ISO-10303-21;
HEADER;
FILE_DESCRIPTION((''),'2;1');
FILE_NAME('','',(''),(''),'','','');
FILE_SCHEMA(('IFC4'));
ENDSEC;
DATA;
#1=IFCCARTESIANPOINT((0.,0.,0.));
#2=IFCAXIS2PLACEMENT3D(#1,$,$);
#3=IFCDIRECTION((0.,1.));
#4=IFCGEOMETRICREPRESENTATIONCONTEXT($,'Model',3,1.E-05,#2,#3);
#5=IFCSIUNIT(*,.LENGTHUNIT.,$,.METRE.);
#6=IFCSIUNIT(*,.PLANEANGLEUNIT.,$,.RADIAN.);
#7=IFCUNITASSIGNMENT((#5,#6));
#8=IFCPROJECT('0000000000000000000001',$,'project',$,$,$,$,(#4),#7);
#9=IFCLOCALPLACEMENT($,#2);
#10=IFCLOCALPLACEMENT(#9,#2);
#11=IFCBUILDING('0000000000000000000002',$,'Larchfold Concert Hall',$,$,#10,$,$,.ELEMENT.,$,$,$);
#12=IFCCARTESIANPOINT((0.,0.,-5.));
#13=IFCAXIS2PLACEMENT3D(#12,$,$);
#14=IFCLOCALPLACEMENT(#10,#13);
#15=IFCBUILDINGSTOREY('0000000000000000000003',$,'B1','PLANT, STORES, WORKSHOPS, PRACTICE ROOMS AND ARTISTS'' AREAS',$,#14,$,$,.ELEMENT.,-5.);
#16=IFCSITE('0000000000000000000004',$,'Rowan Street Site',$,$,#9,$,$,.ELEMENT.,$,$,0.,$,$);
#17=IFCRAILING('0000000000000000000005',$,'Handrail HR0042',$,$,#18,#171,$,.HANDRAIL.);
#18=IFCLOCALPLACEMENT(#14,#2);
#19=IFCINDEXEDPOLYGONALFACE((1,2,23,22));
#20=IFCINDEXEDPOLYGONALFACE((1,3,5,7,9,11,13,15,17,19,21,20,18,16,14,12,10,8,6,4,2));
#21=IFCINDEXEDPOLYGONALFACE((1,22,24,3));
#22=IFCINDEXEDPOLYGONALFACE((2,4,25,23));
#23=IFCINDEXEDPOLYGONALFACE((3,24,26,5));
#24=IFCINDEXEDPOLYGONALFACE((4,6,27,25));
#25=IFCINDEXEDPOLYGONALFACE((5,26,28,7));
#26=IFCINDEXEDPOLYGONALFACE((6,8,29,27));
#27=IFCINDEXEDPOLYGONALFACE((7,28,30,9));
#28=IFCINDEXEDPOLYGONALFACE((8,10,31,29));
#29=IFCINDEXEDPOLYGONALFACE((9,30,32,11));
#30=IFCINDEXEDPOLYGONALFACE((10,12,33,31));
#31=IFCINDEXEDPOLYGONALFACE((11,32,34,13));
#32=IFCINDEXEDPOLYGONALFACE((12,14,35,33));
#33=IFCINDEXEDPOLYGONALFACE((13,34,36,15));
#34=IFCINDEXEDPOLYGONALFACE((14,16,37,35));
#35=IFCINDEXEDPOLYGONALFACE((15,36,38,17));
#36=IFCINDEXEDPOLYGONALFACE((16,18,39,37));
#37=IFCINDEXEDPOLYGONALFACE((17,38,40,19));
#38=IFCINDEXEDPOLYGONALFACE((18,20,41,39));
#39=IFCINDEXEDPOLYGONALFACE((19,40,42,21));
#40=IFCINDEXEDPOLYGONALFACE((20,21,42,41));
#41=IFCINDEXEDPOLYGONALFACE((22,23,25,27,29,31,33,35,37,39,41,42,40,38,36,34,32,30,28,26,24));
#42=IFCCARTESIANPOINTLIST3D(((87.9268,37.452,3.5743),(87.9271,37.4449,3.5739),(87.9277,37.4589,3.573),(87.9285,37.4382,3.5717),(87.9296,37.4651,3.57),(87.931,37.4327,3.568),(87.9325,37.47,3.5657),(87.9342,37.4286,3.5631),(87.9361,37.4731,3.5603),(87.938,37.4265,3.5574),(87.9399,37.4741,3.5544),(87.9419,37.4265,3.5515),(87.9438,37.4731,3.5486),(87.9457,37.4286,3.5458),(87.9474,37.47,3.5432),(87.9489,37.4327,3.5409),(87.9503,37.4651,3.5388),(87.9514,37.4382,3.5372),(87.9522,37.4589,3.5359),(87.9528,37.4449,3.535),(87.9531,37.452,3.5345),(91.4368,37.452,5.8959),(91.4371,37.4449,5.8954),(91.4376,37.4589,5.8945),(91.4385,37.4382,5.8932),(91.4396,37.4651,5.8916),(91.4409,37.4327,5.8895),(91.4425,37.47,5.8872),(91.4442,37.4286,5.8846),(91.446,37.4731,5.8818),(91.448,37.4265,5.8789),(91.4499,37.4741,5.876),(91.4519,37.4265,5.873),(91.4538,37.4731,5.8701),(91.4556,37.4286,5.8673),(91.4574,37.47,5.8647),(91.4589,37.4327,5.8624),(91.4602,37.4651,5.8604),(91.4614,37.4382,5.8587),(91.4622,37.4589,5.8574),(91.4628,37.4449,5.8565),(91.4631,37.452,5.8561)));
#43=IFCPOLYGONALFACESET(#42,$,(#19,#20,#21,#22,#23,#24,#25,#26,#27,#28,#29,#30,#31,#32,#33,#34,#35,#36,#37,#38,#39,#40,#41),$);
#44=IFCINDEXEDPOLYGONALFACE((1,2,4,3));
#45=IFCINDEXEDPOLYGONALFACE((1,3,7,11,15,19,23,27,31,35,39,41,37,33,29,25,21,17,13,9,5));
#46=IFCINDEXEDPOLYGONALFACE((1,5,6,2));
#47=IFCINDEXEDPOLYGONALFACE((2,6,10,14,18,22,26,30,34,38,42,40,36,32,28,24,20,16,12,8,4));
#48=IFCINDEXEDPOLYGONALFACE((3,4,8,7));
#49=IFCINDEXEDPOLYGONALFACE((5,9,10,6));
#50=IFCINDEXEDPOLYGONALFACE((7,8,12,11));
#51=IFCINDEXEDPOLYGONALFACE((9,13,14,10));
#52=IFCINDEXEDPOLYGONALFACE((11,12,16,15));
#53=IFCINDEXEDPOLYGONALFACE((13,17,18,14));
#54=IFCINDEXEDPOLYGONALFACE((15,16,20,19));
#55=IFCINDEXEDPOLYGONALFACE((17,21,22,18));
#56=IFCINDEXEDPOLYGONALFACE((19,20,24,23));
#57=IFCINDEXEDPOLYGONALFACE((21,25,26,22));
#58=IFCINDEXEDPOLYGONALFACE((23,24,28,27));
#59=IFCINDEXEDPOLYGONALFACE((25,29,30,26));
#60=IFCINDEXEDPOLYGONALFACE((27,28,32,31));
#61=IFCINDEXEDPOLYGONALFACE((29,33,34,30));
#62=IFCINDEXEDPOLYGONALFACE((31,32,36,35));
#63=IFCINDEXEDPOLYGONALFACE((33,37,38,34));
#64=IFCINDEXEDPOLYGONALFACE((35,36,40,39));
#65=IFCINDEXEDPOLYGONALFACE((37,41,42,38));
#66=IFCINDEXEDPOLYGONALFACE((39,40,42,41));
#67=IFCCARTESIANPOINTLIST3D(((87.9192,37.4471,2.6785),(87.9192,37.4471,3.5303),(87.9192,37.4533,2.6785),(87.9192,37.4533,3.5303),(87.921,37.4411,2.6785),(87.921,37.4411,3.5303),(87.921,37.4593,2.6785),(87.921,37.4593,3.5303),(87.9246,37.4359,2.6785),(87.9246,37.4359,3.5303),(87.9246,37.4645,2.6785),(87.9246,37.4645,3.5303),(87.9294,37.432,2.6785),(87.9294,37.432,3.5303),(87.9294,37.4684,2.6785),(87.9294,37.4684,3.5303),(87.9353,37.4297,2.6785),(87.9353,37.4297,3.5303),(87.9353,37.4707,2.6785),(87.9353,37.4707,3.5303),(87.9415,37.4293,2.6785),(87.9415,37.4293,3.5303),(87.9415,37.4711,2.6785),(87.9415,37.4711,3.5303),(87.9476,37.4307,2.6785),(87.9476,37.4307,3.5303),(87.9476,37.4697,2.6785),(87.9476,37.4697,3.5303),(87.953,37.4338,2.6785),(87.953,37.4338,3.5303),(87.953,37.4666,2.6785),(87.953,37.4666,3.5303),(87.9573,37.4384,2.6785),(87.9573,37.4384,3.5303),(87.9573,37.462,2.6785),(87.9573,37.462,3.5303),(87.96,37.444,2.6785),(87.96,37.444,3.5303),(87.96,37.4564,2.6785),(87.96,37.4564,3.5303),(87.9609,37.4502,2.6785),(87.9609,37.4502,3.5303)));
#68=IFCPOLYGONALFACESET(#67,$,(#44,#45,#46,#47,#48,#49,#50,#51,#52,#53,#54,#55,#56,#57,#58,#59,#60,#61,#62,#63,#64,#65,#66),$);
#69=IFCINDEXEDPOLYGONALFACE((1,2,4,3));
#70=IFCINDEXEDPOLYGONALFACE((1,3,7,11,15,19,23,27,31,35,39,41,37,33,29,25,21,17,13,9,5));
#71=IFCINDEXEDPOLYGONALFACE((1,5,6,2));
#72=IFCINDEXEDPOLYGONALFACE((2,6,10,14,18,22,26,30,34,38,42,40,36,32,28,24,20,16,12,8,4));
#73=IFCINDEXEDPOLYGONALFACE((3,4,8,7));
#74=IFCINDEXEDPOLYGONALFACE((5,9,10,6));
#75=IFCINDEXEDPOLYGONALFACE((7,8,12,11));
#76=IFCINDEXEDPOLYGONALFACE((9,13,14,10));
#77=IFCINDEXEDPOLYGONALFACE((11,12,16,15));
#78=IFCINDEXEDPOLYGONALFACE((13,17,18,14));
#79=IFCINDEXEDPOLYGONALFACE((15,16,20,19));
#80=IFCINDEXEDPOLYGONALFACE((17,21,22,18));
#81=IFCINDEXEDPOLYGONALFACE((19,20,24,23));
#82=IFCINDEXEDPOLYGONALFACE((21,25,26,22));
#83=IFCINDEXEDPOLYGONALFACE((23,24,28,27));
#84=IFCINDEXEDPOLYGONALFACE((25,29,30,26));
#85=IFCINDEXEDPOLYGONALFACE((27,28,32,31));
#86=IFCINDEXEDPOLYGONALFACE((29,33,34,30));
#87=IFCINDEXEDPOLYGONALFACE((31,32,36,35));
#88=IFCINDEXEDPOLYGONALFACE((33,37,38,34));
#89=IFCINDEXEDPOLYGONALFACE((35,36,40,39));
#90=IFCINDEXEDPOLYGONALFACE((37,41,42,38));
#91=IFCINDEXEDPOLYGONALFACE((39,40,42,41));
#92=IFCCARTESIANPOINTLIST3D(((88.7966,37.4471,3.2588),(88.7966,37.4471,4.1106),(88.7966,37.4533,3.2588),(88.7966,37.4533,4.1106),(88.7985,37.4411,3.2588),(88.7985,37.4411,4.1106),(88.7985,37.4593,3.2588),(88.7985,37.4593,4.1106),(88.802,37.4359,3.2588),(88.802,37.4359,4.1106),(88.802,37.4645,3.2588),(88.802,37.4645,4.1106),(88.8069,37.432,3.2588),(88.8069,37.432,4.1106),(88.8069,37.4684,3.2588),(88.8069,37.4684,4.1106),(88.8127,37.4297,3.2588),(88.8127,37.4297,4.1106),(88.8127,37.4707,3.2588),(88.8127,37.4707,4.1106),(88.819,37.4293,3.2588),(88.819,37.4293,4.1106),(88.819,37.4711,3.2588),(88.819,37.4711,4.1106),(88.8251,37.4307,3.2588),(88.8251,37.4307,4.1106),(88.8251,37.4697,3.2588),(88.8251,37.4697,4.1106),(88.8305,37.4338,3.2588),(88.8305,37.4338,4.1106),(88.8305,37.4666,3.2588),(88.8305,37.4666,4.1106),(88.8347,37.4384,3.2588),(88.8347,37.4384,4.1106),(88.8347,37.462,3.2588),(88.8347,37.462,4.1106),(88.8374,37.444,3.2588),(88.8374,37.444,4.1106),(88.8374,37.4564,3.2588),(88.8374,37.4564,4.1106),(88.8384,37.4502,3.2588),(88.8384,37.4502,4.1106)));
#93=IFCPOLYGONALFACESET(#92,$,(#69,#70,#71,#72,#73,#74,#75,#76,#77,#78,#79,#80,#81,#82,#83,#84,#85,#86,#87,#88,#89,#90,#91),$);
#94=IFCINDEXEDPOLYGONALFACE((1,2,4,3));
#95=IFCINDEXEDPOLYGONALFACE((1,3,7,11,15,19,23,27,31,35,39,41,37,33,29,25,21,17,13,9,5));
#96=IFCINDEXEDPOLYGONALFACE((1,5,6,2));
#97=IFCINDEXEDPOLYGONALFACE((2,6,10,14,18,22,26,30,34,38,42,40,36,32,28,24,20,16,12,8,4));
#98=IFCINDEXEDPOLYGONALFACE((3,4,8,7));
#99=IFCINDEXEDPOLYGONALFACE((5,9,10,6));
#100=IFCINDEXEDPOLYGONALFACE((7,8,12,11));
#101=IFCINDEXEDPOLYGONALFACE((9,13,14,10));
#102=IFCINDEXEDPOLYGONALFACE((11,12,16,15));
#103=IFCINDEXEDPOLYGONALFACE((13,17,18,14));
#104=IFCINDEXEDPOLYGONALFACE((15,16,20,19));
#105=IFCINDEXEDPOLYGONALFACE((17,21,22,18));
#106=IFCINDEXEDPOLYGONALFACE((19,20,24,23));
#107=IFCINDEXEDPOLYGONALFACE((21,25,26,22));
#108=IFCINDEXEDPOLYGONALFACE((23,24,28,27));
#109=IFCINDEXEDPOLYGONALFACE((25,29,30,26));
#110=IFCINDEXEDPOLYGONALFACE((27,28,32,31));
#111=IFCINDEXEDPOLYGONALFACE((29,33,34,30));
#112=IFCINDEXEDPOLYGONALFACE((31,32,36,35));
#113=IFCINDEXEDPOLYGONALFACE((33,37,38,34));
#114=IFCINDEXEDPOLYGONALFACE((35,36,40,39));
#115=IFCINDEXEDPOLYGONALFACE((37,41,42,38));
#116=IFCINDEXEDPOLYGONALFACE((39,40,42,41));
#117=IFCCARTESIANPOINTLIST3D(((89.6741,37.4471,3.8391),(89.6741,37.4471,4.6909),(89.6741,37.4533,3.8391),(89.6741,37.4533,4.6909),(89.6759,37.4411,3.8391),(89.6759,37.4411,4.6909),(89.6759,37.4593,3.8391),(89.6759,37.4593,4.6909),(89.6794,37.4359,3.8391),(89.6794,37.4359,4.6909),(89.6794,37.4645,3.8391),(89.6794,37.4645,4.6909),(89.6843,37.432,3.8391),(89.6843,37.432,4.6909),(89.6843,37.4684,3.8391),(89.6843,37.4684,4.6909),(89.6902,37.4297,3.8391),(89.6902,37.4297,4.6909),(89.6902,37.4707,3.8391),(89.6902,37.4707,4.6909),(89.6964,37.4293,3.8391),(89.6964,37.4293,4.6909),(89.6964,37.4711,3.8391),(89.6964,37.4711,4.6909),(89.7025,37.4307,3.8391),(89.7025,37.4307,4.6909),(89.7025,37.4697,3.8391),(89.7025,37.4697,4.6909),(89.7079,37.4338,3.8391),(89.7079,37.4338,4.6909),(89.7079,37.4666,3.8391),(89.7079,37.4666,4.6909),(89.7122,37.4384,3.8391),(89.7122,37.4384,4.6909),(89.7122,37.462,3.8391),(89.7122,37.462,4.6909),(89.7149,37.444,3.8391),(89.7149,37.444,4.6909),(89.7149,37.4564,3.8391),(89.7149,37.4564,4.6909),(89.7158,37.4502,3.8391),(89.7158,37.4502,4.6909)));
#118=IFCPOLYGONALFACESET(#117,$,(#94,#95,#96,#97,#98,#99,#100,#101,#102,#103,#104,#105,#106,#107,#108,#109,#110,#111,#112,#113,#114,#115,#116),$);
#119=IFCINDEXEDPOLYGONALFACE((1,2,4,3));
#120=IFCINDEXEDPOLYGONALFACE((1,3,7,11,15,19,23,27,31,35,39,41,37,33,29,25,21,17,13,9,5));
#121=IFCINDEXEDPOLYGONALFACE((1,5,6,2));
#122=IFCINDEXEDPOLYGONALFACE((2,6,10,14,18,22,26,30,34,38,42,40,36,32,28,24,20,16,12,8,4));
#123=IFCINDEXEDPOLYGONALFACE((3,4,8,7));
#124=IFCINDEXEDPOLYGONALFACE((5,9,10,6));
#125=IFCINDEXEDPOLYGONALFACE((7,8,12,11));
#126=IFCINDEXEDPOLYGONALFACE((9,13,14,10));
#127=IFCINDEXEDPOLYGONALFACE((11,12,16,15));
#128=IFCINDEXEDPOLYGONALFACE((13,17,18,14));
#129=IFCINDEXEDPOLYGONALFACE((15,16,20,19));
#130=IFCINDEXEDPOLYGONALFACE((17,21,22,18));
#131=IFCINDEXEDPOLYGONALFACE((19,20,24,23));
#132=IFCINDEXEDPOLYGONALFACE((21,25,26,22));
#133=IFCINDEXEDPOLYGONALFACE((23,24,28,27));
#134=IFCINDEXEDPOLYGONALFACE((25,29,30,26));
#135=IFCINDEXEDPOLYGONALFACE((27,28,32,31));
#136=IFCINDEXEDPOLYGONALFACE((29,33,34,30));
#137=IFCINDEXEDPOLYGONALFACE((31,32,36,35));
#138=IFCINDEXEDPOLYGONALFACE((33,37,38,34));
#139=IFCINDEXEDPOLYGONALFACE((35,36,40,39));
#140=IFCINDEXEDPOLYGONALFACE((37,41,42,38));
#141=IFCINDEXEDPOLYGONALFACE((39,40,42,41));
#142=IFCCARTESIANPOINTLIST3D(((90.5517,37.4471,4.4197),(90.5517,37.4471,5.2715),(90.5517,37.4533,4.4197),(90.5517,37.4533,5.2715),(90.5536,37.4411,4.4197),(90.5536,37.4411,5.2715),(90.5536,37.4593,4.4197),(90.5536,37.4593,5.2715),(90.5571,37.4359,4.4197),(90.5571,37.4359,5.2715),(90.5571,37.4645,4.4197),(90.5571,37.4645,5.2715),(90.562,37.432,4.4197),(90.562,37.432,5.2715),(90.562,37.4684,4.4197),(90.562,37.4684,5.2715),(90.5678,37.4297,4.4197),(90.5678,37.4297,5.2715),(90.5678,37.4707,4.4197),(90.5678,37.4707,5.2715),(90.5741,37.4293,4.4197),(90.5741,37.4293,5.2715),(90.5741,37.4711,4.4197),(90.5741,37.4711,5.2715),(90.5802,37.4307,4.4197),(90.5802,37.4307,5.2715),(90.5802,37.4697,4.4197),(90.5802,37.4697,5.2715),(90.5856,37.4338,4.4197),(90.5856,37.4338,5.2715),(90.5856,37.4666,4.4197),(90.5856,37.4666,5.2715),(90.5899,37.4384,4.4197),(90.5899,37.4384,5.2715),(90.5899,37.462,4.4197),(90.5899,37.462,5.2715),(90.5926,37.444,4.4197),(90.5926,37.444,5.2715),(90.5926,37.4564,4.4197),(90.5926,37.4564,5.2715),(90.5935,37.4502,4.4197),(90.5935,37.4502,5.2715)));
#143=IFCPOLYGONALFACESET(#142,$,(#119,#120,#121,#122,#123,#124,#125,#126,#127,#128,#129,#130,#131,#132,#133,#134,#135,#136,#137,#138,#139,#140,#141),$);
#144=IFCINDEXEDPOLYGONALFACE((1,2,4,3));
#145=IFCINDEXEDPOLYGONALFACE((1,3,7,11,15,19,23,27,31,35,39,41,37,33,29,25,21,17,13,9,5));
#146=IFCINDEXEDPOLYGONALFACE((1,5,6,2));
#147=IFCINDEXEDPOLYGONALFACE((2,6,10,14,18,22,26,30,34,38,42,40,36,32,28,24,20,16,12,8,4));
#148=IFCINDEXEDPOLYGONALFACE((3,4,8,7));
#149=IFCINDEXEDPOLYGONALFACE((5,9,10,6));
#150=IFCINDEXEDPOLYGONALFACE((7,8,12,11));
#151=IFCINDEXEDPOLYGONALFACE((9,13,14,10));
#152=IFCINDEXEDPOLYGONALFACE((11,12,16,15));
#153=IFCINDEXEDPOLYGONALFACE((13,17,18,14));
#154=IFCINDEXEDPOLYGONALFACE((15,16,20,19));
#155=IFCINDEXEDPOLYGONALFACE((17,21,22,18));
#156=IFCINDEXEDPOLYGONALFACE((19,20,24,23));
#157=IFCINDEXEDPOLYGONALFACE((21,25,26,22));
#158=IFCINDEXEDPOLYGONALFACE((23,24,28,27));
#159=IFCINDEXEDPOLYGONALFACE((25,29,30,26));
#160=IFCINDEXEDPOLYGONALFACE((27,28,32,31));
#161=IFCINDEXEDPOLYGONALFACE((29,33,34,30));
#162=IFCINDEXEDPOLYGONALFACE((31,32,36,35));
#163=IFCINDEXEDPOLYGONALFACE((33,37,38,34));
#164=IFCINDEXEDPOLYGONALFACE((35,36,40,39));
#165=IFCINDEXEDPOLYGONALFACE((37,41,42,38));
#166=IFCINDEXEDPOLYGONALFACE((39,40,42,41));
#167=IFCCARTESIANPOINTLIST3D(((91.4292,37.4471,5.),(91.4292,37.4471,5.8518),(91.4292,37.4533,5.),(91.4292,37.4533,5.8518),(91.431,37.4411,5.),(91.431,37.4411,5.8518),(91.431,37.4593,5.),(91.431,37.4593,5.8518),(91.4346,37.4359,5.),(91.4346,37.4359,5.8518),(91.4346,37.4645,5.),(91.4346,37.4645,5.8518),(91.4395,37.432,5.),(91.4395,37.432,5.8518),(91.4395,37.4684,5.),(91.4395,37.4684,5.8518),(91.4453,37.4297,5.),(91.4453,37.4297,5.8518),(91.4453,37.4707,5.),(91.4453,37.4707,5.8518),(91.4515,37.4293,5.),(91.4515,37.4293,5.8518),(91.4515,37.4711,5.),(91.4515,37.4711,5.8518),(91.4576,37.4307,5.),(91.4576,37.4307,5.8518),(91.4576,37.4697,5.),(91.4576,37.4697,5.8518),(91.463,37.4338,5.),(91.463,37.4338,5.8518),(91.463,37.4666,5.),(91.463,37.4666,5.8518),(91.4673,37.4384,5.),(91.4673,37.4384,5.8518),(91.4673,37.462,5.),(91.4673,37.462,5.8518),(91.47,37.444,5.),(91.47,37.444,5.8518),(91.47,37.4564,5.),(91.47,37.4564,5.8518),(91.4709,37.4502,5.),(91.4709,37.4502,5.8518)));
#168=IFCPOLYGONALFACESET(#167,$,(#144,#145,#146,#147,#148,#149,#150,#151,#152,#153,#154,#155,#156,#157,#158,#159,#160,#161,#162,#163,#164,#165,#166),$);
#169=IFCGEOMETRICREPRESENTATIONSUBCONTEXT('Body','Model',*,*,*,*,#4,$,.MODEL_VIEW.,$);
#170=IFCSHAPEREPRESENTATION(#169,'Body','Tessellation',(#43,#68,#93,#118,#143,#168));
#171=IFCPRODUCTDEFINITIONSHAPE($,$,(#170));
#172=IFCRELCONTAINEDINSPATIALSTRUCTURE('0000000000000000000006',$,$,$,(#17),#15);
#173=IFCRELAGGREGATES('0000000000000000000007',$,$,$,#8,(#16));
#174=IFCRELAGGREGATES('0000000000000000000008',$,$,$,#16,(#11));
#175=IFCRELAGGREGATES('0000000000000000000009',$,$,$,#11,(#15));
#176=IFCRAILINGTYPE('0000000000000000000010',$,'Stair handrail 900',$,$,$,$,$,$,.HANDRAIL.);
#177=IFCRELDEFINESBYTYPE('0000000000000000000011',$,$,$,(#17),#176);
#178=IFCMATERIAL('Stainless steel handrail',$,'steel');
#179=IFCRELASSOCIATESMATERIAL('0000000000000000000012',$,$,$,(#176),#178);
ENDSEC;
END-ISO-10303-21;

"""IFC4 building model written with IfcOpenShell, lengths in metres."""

from ifc_helpers import new_model, si_unit, direction, frame, origin, origin_2d, place, context, subcontext, project, spatial, circle, extrude, material, type_object, element, save


model = new_model("IFC4")

# Units and contexts
model_context = context("Model", 3, precision=1e-05, world=origin(), true_north=direction((0.0, 1.0)))
body_context = subcontext(model_context, "Body", "Model", "MODEL_VIEW")
ifc_project = project(units=[si_unit("LENGTHUNIT", "METRE"), si_unit("PLANEANGLEUNIT", "RADIAN")], contexts=[model_context])

# Site, building, storey
site_placement = place(None, origin())
site = spatial("IfcSite", under=ifc_project, at=site_placement, Name="Rowan Street Site", CompositionType="ELEMENT", RefElevation=0.0)
building_placement = place(site_placement, origin())
building = spatial("IfcBuilding", under=site, at=building_placement, Name="Larchfold Concert Hall", CompositionType="ELEMENT")
storey_placement = place(building_placement, frame((0.0, 0.0, -5.0)))
storey = spatial("IfcBuildingStorey", under=building, at=storey_placement, Name="B1", Description="PLANT, STORES, WORKSHOPS, PRACTICE ROOMS AND ARTISTS' AREAS", CompositionType="ELEMENT", Elevation=-5.0)

# Railing
ifc_material_1 = material(Name="Stainless steel handrail", Category="steel")
railing_type_1 = type_object("IfcRailingType", Name="Stair handrail 900", PredefinedType="HANDRAIL", material=ifc_material_1)
railing_1_placement = place(storey_placement, frame((87.9399, 37.4502, 2.6785)))
element("IfcRailing", 1, at=railing_1_placement, inside=storey, type_object=railing_type_1, Name="Handrail HR0042", PredefinedType="HANDRAIL", context=body_context, shape_type="SweptSolid", body=[
    extrude(circle(Radius=0.0239, at=origin_2d()), frame((0.0, 0.0, 0.876), z_axis=(0.834071, 0.0, 0.551657), x_axis=(0.0, 1.0, 0.0)), (0.0, 0.0, 1.0), 4.2083),
    extrude(circle(Radius=0.021, at=origin_2d()), origin(), (0.0, 0.0, 1.0), 0.8518),
    extrude(circle(Radius=0.021, at=origin_2d()), frame((0.8774, 0.0, 0.5803)), (0.0, 0.0, 1.0), 0.8518),
    extrude(circle(Radius=0.021, at=origin_2d()), frame((1.7549, 0.0, 1.1606)), (0.0, 0.0, 1.0), 0.8518),
    extrude(circle(Radius=0.021, at=origin_2d()), frame((2.6326, 0.0, 1.7412)), (0.0, 0.0, 1.0), 0.8518),
    extrude(circle(Radius=0.021, at=origin_2d()), frame((3.51, 0.0, 2.3215)), (0.0, 0.0, 1.0), 0.8518),
])

save(model, "model.ifc")
